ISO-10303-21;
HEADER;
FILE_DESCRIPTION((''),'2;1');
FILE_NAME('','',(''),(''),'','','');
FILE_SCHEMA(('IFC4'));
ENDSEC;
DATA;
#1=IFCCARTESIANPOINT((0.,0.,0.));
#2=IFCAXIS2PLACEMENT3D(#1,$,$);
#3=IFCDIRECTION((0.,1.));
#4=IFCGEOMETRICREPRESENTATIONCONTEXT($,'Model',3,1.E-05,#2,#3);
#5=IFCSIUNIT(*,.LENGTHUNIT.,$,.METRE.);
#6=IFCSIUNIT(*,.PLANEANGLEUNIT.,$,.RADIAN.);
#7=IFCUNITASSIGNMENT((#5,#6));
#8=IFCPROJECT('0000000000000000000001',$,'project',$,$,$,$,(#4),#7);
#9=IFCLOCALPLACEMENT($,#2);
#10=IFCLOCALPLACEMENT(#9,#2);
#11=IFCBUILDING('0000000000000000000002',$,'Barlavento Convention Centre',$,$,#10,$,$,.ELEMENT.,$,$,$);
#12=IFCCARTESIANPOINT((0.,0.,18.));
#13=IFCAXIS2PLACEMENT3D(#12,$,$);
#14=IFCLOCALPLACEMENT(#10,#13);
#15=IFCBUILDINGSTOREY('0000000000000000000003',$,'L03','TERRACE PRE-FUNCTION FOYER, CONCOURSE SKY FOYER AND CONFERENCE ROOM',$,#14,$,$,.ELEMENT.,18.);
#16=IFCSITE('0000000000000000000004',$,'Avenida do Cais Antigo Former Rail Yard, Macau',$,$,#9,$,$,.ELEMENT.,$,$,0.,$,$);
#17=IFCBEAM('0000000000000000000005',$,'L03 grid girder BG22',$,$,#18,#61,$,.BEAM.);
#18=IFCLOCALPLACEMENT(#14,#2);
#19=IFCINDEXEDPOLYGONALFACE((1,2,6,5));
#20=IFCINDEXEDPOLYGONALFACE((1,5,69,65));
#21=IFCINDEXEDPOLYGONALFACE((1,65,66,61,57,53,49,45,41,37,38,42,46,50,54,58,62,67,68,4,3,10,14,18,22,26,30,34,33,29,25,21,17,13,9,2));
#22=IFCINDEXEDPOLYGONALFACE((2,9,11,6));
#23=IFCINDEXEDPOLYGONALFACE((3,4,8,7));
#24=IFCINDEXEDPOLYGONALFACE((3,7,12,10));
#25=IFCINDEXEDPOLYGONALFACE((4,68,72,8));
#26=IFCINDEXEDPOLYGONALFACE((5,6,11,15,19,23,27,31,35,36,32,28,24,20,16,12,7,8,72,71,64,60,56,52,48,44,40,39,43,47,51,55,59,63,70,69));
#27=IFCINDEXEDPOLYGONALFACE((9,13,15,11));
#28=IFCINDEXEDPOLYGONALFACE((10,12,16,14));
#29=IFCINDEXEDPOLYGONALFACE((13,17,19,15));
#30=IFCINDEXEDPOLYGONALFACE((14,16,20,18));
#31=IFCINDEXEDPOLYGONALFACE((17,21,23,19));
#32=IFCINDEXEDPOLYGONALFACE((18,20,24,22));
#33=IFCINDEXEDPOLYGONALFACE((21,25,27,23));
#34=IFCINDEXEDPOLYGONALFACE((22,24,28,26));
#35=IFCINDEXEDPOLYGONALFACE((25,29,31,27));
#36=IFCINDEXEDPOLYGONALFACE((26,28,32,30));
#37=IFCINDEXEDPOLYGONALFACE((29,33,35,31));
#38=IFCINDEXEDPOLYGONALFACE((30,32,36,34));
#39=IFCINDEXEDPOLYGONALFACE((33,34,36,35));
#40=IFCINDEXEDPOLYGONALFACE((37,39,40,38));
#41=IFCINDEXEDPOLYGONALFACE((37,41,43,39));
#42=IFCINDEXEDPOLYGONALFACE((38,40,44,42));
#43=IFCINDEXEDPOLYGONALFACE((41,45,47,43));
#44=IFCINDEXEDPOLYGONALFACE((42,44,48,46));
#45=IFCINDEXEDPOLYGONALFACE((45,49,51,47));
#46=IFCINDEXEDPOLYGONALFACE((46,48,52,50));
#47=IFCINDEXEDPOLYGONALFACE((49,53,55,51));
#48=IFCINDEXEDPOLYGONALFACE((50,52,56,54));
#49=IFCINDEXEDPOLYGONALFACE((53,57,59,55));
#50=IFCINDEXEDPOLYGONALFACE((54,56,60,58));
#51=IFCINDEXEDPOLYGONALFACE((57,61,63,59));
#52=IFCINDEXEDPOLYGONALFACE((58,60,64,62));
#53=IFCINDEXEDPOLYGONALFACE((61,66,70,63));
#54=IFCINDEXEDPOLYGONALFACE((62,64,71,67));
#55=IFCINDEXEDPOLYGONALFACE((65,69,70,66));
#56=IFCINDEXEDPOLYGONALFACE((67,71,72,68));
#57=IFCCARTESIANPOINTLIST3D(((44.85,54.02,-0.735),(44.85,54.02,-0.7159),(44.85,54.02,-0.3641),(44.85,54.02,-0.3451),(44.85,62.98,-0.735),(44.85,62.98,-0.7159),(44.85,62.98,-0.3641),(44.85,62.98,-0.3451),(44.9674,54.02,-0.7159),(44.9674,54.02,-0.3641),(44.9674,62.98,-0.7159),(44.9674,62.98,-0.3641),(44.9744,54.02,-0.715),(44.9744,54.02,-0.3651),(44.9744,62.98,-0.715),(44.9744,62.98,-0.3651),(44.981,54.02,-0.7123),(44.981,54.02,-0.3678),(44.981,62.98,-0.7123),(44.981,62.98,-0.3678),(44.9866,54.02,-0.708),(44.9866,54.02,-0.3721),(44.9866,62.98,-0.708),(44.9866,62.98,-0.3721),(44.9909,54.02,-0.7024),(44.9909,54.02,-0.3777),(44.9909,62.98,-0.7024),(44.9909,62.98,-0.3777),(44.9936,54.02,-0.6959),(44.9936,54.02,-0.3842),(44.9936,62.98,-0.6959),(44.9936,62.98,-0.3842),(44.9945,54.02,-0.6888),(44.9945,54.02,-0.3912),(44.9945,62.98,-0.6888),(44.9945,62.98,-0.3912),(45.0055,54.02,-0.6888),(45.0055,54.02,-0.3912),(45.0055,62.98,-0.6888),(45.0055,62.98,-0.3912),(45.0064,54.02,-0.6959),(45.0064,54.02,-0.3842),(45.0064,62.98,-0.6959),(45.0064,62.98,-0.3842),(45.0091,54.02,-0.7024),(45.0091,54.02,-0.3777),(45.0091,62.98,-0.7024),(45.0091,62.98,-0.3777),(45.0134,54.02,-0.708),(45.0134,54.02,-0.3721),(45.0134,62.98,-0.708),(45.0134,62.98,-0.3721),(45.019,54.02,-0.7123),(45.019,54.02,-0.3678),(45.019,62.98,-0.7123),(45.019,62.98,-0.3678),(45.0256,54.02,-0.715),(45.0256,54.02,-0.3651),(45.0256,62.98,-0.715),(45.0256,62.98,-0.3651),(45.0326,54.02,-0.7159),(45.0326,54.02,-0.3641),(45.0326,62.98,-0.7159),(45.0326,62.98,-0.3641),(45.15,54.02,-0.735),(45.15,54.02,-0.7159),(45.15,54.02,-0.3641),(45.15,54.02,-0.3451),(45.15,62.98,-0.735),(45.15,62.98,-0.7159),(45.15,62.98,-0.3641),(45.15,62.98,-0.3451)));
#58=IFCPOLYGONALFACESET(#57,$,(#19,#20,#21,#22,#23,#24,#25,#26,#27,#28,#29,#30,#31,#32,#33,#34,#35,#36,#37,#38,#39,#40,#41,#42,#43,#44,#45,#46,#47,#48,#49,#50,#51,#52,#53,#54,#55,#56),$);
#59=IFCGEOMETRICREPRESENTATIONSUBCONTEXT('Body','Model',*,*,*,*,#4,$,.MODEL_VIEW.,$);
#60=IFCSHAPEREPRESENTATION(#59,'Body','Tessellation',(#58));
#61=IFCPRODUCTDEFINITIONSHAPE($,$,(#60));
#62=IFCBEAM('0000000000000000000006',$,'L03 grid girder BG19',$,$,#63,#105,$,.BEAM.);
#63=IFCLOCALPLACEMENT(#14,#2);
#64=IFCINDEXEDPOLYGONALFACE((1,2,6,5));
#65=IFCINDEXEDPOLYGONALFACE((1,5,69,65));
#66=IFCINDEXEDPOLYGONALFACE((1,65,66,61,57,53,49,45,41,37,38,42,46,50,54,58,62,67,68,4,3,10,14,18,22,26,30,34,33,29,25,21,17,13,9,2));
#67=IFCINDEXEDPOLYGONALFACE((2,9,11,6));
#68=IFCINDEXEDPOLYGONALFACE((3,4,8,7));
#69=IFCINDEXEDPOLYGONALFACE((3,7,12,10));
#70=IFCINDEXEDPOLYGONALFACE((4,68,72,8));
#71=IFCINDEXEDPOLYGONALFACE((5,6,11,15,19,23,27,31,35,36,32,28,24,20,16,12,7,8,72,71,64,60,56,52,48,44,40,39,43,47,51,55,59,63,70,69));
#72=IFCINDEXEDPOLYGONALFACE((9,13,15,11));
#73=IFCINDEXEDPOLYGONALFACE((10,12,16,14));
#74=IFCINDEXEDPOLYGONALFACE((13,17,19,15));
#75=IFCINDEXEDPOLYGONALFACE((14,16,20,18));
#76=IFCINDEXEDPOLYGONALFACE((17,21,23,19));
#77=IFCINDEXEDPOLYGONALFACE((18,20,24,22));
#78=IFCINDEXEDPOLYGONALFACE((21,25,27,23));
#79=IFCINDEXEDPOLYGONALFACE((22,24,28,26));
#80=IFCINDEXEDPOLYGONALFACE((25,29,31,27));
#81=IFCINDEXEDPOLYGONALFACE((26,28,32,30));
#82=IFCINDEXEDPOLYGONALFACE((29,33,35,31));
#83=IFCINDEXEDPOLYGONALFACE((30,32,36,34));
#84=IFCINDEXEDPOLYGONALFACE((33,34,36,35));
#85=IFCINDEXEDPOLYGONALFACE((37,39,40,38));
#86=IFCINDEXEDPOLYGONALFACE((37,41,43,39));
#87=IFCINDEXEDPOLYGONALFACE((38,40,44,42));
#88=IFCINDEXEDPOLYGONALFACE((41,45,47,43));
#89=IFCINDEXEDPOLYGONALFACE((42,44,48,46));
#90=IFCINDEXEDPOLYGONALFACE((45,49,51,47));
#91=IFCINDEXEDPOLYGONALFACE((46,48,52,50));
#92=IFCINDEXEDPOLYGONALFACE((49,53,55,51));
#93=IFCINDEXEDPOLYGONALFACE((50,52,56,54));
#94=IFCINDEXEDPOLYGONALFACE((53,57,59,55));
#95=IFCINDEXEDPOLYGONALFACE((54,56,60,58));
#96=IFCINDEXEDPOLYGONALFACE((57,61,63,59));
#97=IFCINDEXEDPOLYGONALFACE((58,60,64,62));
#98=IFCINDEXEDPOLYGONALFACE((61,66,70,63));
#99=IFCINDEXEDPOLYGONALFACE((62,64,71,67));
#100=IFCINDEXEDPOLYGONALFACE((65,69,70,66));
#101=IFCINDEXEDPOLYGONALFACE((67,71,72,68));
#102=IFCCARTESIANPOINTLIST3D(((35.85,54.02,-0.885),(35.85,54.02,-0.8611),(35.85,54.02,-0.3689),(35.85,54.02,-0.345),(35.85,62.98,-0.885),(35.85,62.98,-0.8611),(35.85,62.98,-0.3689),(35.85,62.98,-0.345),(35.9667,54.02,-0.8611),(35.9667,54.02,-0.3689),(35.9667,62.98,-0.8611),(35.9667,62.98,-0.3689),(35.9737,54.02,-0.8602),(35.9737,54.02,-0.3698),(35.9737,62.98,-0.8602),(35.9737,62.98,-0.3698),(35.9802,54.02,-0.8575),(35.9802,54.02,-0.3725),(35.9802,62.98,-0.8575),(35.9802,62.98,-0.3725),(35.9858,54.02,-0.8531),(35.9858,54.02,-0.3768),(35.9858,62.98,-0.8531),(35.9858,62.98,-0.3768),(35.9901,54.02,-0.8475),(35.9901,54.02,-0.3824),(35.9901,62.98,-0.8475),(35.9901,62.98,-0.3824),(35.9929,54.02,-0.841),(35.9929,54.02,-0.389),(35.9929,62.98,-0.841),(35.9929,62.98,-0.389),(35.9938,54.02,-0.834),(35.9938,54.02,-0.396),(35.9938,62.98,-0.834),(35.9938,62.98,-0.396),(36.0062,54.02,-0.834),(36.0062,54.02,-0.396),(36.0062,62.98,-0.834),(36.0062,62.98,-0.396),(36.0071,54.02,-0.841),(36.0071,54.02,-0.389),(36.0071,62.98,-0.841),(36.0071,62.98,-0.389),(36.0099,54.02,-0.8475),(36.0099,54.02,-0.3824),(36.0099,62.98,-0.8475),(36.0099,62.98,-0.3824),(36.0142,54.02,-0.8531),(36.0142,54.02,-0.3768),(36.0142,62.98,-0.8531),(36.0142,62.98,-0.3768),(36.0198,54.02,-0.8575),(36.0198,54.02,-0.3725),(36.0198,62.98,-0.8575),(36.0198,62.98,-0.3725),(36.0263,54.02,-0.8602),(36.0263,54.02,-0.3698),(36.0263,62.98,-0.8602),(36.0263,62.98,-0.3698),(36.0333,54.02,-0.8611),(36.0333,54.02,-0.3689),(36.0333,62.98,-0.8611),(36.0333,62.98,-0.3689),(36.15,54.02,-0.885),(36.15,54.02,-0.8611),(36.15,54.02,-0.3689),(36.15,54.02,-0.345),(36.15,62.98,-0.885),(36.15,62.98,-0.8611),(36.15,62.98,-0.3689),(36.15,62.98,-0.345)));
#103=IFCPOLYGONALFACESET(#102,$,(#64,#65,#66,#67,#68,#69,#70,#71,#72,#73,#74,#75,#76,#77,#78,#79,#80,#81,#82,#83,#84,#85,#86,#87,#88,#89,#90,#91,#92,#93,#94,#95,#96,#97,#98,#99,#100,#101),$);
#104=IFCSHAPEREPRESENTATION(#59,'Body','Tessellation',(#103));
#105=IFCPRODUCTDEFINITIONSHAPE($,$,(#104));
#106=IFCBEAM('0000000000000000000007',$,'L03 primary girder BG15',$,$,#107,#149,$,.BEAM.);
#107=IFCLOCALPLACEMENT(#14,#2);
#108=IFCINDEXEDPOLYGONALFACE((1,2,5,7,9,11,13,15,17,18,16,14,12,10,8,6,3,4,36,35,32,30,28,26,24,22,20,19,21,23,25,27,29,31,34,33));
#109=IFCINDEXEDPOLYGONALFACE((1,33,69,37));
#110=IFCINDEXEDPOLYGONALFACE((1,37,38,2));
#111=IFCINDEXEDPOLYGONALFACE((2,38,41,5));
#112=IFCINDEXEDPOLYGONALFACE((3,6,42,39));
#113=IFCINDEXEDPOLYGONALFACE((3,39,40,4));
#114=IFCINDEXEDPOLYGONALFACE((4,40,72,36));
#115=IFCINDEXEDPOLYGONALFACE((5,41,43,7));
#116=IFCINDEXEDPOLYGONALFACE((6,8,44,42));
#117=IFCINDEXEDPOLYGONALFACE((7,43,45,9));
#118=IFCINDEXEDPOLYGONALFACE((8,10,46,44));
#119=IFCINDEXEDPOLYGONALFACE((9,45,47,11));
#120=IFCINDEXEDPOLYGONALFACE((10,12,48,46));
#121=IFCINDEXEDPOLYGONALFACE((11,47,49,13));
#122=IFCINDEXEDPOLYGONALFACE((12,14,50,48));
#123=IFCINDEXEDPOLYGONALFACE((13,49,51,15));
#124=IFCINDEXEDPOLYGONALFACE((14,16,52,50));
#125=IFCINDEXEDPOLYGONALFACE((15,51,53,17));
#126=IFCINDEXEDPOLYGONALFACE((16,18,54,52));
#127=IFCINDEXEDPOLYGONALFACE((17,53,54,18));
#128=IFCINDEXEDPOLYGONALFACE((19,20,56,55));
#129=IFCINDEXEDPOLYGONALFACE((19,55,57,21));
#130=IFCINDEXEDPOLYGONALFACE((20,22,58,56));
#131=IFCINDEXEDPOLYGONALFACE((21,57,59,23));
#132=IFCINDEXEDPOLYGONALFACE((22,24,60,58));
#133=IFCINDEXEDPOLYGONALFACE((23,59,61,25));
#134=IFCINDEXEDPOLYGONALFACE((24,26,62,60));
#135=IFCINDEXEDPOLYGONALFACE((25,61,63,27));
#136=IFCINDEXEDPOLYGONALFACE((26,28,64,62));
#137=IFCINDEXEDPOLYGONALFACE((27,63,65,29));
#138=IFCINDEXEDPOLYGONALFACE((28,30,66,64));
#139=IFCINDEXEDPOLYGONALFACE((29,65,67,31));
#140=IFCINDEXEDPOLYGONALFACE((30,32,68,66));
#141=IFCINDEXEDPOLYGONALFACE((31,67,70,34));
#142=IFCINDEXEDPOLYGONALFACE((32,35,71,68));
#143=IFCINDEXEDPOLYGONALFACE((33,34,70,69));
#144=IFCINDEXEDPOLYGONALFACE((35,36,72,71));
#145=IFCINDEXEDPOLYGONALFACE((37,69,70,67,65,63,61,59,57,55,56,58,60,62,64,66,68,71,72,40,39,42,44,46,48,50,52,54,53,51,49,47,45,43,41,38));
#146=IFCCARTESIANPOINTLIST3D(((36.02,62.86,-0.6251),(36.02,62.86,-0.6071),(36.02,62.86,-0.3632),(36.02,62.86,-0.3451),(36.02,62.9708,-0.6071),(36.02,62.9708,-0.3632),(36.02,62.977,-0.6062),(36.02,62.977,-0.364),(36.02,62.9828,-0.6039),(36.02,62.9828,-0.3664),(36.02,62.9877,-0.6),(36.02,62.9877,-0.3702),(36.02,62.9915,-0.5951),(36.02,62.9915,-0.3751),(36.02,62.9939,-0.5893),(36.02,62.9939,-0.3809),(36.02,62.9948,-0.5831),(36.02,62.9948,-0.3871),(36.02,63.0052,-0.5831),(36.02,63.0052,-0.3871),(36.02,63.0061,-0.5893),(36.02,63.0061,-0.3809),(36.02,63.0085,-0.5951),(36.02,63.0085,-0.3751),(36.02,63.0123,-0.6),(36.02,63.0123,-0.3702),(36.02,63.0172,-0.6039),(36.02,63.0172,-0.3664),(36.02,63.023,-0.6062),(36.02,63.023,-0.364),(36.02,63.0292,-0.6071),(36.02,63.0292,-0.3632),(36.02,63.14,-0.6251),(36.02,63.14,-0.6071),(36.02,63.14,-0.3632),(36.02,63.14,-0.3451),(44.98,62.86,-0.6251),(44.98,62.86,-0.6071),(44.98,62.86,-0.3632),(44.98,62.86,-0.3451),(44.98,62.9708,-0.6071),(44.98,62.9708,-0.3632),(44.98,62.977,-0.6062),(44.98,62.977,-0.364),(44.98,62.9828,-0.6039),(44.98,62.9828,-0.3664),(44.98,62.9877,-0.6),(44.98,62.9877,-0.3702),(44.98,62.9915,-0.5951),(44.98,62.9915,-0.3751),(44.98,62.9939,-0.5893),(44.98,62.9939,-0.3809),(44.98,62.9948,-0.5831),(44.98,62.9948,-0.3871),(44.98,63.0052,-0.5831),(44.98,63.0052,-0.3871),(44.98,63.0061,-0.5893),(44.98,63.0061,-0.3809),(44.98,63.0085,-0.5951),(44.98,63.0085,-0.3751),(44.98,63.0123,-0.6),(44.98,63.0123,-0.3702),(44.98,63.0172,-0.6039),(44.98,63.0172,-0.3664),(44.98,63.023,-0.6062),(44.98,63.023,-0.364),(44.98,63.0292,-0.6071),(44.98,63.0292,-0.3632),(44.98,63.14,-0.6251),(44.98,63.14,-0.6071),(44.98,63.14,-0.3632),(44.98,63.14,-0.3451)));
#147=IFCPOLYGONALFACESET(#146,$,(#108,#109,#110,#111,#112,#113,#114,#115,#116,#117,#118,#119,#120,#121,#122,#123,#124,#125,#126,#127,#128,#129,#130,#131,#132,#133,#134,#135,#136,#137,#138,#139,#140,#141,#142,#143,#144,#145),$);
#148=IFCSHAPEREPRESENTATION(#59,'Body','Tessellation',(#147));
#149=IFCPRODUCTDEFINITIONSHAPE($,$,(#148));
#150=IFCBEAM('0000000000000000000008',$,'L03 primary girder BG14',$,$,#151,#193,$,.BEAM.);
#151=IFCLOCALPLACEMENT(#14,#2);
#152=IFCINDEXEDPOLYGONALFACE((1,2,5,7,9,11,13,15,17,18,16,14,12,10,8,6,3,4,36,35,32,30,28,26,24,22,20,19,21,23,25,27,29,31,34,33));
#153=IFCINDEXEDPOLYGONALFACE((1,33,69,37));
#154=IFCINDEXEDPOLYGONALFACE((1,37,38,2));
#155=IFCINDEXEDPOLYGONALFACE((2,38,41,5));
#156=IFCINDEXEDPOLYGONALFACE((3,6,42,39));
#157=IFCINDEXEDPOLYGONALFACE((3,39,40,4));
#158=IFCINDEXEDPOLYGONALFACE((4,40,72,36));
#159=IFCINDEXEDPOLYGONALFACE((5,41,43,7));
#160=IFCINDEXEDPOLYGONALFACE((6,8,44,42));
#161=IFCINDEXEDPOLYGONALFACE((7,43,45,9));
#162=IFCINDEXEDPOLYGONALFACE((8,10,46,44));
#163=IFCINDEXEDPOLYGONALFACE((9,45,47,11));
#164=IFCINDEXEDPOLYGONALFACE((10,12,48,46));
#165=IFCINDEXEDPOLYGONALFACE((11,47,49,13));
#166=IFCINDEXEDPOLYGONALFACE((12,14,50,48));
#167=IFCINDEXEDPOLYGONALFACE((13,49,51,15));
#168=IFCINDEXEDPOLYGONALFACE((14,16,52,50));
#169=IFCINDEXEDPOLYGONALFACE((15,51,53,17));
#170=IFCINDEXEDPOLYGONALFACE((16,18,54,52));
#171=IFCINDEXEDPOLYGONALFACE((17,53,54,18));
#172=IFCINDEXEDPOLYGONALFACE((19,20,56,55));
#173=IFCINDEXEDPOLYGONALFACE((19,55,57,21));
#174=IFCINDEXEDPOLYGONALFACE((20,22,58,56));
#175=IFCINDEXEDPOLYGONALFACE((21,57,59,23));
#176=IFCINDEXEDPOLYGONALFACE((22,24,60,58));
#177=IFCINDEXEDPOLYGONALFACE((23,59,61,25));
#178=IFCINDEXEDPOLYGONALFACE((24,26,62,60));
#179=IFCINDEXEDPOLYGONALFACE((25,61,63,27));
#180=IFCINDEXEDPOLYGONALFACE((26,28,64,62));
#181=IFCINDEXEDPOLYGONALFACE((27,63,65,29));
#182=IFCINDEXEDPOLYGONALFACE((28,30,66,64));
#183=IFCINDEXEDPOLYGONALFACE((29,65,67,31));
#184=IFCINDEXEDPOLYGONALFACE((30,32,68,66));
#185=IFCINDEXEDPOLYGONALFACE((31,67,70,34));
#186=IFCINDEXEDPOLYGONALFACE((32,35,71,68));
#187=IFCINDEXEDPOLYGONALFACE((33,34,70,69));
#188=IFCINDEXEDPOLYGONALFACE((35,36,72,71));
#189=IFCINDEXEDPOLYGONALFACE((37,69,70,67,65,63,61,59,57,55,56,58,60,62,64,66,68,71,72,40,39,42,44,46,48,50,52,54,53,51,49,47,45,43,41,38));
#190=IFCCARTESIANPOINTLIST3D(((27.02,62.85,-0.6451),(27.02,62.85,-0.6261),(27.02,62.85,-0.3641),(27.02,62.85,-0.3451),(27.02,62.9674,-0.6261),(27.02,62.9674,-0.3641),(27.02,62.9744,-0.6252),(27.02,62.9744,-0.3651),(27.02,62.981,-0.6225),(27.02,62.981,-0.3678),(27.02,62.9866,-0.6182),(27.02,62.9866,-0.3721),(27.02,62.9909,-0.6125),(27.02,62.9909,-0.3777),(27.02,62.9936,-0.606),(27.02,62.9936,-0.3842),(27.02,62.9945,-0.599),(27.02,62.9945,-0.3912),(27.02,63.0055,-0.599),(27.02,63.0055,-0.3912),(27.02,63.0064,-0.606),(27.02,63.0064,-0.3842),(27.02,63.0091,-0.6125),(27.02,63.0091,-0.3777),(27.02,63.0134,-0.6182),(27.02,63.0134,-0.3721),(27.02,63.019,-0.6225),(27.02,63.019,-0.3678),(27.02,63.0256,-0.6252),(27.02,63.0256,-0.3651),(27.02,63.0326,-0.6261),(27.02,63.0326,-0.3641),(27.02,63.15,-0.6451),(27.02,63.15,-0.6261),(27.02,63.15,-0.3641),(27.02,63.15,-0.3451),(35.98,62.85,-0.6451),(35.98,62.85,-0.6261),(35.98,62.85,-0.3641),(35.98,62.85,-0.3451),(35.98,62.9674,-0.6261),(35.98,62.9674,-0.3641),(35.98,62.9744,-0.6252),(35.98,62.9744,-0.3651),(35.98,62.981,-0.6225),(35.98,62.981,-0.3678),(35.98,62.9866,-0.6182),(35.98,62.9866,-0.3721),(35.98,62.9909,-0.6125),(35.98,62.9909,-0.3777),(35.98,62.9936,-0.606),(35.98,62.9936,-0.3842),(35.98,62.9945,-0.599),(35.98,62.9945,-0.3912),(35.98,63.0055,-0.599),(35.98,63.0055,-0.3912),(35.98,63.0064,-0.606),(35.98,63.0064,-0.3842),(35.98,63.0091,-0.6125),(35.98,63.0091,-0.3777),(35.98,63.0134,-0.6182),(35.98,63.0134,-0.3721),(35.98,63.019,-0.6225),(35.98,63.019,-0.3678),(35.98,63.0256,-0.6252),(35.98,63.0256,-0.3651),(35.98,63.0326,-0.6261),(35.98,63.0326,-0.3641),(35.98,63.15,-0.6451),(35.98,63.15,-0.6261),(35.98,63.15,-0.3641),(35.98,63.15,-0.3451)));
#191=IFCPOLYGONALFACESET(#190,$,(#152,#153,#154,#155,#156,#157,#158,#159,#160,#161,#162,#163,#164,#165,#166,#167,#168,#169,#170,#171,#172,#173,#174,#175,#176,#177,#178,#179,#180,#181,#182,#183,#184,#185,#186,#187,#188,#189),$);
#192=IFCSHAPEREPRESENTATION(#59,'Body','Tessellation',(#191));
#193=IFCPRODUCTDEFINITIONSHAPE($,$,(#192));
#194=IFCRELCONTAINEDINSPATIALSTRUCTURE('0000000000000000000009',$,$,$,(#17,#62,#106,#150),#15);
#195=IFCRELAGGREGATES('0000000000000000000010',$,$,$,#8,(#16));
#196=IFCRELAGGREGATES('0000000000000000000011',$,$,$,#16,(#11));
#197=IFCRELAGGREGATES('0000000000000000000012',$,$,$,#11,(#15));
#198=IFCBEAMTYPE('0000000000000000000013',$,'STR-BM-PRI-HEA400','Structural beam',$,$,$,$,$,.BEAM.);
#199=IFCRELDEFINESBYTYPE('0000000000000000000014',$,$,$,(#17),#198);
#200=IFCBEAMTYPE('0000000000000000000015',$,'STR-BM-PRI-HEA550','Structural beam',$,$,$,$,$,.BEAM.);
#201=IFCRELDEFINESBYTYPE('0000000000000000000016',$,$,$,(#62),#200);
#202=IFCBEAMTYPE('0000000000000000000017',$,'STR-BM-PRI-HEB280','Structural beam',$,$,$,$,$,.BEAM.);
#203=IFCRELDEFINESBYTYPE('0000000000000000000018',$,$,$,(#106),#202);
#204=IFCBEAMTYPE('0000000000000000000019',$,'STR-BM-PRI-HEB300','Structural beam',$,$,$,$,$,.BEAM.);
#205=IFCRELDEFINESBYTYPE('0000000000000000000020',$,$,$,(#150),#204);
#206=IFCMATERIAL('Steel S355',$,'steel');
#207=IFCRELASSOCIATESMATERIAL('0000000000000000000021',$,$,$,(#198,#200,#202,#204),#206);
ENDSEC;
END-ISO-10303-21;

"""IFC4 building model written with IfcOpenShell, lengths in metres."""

from ifc_helpers import new_model, si_unit, direction, frame, origin, origin_2d, place, context, subcontext, project, spatial, i_section, extrude, material, material_profile, profile_set, type_object, element, save


model = new_model("IFC4")

# Units and contexts
model_context = context("Model", 3, precision=1e-05, world=origin(), true_north=direction((0.0, 1.0)))
body_context = subcontext(model_context, "Body", "Model", "MODEL_VIEW")
ifc_project = project(units=[si_unit("LENGTHUNIT", "METRE"), si_unit("PLANEANGLEUNIT", "RADIAN")], contexts=[model_context])

# Site, building, storey
site_placement = place(None, origin())
site = spatial("IfcSite", under=ifc_project, at=site_placement, Name="Avenida do Cais Antigo Former Rail Yard, Macau", CompositionType="ELEMENT", RefElevation=0.0)
building_placement = place(site_placement, origin())
building = spatial("IfcBuilding", under=site, at=building_placement, Name="Barlavento Convention Centre", CompositionType="ELEMENT")
storey_placement = place(building_placement, frame((0.0, 0.0, 18.0)))
storey = spatial("IfcBuildingStorey", under=building, at=storey_placement, Name="L03", Description="TERRACE PRE-FUNCTION FOYER, CONCOURSE SKY FOYER AND CONFERENCE ROOM", CompositionType="ELEMENT", Elevation=18.0)

# Beams
ifc_material_1 = material(Name="Steel S355", Category="steel")
ifc_material_profile_1 = material_profile(ifc_material_1, i_section(OverallWidth=0.3, OverallDepth=0.3899, WebThickness=0.011, FlangeThickness=0.019, FilletRadius=0.0271, at=origin_2d()), Name="HEA 400")
ifc_profile_set_1 = profile_set([ifc_material_profile_1], Name="Steel S355")
beam_type_1 = type_object("IfcBeamType", Name="STR-BM-PRI-HEA400", Description="Structural beam", PredefinedType="BEAM", material=ifc_profile_set_1)
beam_1_placement = place(storey_placement, frame((45.0, 54.02, -0.54), z_axis=(0.0, 1.0, 0.0), x_axis=(-1.0, 0.0, 0.0)))
element("IfcBeam", 1, at=beam_1_placement, inside=storey, type_object=beam_type_1, Name="L03 grid girder BG22", PredefinedType="BEAM", context=body_context, shape_type="SweptSolid", body=[
    extrude(i_section(OverallWidth=0.3, OverallDepth=0.3899, WebThickness=0.011, FlangeThickness=0.019, FilletRadius=0.0271, at=origin_2d()), origin(), (0.0, 0.0, 1.0), 8.96),
])
ifc_material_profile_2 = material_profile(ifc_material_1, i_section(OverallWidth=0.3, OverallDepth=0.54, WebThickness=0.0125, FlangeThickness=0.0239, FilletRadius=0.0271, at=origin_2d()), Name="HEA 550")
ifc_profile_set_2 = profile_set([ifc_material_profile_2], Name="Steel S355")
beam_type_2 = type_object("IfcBeamType", Name="STR-BM-PRI-HEA550", Description="Structural beam", PredefinedType="BEAM", material=ifc_profile_set_2)
beam_2_placement = place(storey_placement, frame((36.0, 54.02, -0.615), z_axis=(0.0, 1.0, 0.0), x_axis=(-1.0, 0.0, 0.0)))
element("IfcBeam", 2, at=beam_2_placement, inside=storey, type_object=beam_type_2, Name="L03 grid girder BG19", PredefinedType="BEAM", context=body_context, shape_type="SweptSolid", body=[
    extrude(i_section(OverallWidth=0.3, OverallDepth=0.54, WebThickness=0.0125, FlangeThickness=0.0239, FilletRadius=0.0271, at=origin_2d()), origin(), (0.0, 0.0, 1.0), 8.96),
])
ifc_material_profile_3 = material_profile(ifc_material_1, i_section(OverallWidth=0.28, OverallDepth=0.28, WebThickness=0.0105, FlangeThickness=0.0181, FilletRadius=0.0239, at=origin_2d()), Name="HEB 280")
ifc_profile_set_3 = profile_set([ifc_material_profile_3], Name="Steel S355")
beam_type_3 = type_object("IfcBeamType", Name="STR-BM-PRI-HEB280", Description="Structural beam", PredefinedType="BEAM", material=ifc_profile_set_3)
beam_3_placement = place(storey_placement, frame((36.02, 63.0, -0.4851), z_axis=(1.0, 0.0, 0.0), x_axis=(0.0, 1.0, 0.0)))
element("IfcBeam", 3, at=beam_3_placement, inside=storey, type_object=beam_type_3, Name="L03 primary girder BG15", PredefinedType="BEAM", context=body_context, shape_type="SweptSolid", body=[
    extrude(i_section(OverallWidth=0.28, OverallDepth=0.28, WebThickness=0.0105, FlangeThickness=0.0181, FilletRadius=0.0239, at=origin_2d()), origin(), (0.0, 0.0, 1.0), 8.96),
])
ifc_material_profile_4 = material_profile(ifc_material_1, i_section(OverallWidth=0.3, OverallDepth=0.3, WebThickness=0.011, FlangeThickness=0.019, FilletRadius=0.0271, at=origin_2d()), Name="HEB 300")
ifc_profile_set_4 = profile_set([ifc_material_profile_4], Name="Steel S355")
beam_type_4 = type_object("IfcBeamType", Name="STR-BM-PRI-HEB300", Description="Structural beam", PredefinedType="BEAM", material=ifc_profile_set_4)
beam_4_placement = place(storey_placement, frame((27.02, 63.0, -0.4951), z_axis=(1.0, 0.0, 0.0), x_axis=(0.0, 1.0, 0.0)))
element("IfcBeam", 4, at=beam_4_placement, inside=storey, type_object=beam_type_4, Name="L03 primary girder BG14", PredefinedType="BEAM", context=body_context, shape_type="SweptSolid", body=[
    extrude(i_section(OverallWidth=0.3, OverallDepth=0.3, WebThickness=0.011, FlangeThickness=0.019, FilletRadius=0.0271, at=origin_2d()), origin(), (0.0, 0.0, 1.0), 8.96),
])

save(model, "model.ifc")
